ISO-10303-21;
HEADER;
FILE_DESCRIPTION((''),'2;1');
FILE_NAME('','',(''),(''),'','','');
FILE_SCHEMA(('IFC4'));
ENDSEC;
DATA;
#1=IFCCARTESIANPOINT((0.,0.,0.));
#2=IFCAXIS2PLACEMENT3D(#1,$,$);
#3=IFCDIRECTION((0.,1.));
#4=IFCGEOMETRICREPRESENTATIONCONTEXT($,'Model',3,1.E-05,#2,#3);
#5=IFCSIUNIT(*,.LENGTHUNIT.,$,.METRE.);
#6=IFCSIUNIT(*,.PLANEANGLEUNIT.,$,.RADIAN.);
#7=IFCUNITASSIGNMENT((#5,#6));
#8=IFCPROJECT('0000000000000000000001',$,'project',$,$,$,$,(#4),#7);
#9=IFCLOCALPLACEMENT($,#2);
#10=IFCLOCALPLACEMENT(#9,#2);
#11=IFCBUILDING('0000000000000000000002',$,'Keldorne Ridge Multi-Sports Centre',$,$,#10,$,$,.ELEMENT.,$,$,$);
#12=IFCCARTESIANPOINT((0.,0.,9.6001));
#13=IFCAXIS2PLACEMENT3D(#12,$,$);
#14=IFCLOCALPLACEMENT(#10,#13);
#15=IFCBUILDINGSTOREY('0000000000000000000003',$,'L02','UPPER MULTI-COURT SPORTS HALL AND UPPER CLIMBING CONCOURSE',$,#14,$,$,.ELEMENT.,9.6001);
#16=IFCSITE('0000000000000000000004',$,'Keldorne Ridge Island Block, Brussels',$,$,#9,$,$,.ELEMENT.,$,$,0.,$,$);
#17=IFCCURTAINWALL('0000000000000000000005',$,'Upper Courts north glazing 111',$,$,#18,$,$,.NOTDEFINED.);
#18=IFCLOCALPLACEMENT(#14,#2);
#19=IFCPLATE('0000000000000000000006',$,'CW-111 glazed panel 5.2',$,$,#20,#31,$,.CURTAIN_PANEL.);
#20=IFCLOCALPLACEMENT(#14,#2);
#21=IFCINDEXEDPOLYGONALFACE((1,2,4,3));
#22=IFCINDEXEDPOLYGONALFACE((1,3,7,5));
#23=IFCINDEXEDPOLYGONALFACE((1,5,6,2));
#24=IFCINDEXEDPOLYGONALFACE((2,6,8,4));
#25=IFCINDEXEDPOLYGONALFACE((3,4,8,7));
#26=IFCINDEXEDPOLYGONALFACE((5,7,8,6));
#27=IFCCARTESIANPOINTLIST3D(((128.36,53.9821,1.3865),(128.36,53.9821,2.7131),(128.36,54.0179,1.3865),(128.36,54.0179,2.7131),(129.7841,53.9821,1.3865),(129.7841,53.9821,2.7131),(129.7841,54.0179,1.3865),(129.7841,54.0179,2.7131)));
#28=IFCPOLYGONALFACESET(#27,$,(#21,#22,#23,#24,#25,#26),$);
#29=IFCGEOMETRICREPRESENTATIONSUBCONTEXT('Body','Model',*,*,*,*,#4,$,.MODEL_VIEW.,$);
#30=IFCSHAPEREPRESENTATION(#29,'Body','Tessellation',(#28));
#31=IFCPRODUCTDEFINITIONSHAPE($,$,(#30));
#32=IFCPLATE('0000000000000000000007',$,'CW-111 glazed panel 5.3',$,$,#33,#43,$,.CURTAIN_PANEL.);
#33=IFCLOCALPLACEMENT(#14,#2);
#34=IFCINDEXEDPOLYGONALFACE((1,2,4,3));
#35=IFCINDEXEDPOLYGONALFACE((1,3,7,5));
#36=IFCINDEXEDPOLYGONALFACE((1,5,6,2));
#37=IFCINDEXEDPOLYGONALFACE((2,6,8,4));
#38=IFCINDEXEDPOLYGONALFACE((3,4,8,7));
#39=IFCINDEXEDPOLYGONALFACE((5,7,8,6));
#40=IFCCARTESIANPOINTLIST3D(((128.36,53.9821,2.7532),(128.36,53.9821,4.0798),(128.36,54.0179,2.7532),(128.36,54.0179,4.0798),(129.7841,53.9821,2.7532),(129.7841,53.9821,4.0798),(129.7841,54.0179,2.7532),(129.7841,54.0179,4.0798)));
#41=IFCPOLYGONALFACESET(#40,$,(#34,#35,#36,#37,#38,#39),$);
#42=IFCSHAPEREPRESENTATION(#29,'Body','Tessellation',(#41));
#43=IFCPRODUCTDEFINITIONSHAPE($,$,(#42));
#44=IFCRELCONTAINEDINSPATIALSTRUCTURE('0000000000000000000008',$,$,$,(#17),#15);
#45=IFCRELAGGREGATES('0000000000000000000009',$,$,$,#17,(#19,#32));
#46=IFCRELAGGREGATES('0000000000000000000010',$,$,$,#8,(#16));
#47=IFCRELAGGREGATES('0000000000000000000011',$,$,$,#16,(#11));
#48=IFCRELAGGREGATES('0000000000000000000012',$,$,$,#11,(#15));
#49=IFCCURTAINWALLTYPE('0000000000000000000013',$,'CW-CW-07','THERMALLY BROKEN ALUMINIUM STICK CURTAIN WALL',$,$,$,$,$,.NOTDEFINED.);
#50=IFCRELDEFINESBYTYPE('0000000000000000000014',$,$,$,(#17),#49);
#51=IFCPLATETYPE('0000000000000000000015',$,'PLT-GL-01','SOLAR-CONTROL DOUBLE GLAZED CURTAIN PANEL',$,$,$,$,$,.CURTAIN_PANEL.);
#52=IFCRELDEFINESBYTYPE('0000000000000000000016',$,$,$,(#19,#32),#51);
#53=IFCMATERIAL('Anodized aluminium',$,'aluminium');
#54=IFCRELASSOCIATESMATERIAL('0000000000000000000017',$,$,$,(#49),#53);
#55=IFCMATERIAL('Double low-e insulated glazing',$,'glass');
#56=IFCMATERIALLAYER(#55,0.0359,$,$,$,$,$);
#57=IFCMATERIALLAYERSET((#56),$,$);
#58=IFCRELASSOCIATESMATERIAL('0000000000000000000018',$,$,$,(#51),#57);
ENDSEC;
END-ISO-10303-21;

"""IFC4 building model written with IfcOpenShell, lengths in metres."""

from ifc_helpers import new_model, si_unit, direction, frame, origin, origin_2d, place, context, subcontext, project, spatial, rectangle, extrude, material, layer, layer_set, type_object, element, aggregate, save


model = new_model("IFC4")

# Units and contexts
model_context = context("Model", 3, precision=1e-05, world=origin(), true_north=direction((0.0, 1.0)))
body_context = subcontext(model_context, "Body", "Model", "MODEL_VIEW")
ifc_project = project(units=[si_unit("LENGTHUNIT", "METRE"), si_unit("PLANEANGLEUNIT", "RADIAN")], contexts=[model_context])

# Site, building, storey
site_placement = place(None, origin())
site = spatial("IfcSite", under=ifc_project, at=site_placement, Name="Keldorne Ridge Island Block, Brussels", CompositionType="ELEMENT", RefElevation=0.0)
building_placement = place(site_placement, origin())
building = spatial("IfcBuilding", under=site, at=building_placement, Name="Keldorne Ridge Multi-Sports Centre", CompositionType="ELEMENT")
storey_placement = place(building_placement, frame((0.0, 0.0, 9.6001)))
storey = spatial("IfcBuildingStorey", under=building, at=storey_placement, Name="L02", Description="UPPER MULTI-COURT SPORTS HALL AND UPPER CLIMBING CONCOURSE", CompositionType="ELEMENT", Elevation=9.6001)

# Curtain wall, plates
ifc_material_1 = material(Name="Anodized aluminium", Category="aluminium")
curtain_wall_type = type_object("IfcCurtainWallType", Name="CW-CW-07", Description="THERMALLY BROKEN ALUMINIUM STICK CURTAIN WALL", PredefinedType="NOTDEFINED", material=ifc_material_1)
curtain_wall_placement = place(storey_placement, origin())
curtain_wall = element("IfcCurtainWall", 1, at=curtain_wall_placement, inside=storey, type_object=curtain_wall_type, Name="Upper Courts north glazing 111", PredefinedType="NOTDEFINED")
ifc_material_2 = material(Name="Double low-e insulated glazing", Category="glass")
ifc_layer = layer(ifc_material_2, 0.0359)
ifc_layer_set = layer_set([ifc_layer])
plate_type = type_object("IfcPlateType", Name="PLT-GL-01", Description="SOLAR-CONTROL DOUBLE GLAZED CURTAIN PANEL", PredefinedType="CURTAIN_PANEL", material=ifc_layer_set)
plate_1_placement = place(storey_placement, frame((129.072, 54.0, 1.3865), z_axis=(0.0, 0.0, 1.0), x_axis=(-1.0, 0.0, 0.0)))
plate_1 = element("IfcPlate", 2, at=plate_1_placement, type_object=plate_type, Name="CW-111 glazed panel 5.2", PredefinedType="CURTAIN_PANEL", context=body_context, shape_type="SweptSolid", body=[
    extrude(rectangle(XDim=1.4241, YDim=0.0359, at=origin_2d()), origin(), (0.0, 0.0, 1.0), 1.3267),
])
plate_2_placement = place(storey_placement, frame((129.072, 54.0, 2.7532), z_axis=(0.0, 0.0, 1.0), x_axis=(-1.0, 0.0, 0.0)))
plate_2 = element("IfcPlate", 3, at=plate_2_placement, type_object=plate_type, Name="CW-111 glazed panel 5.3", PredefinedType="CURTAIN_PANEL", context=body_context, shape_type="SweptSolid", body=[
    extrude(rectangle(XDim=1.4241, YDim=0.0359, at=origin_2d()), origin(), (0.0, 0.0, 1.0), 1.3267),
])
aggregate(curtain_wall, [plate_1, plate_2])

save(model, "model.ifc")
